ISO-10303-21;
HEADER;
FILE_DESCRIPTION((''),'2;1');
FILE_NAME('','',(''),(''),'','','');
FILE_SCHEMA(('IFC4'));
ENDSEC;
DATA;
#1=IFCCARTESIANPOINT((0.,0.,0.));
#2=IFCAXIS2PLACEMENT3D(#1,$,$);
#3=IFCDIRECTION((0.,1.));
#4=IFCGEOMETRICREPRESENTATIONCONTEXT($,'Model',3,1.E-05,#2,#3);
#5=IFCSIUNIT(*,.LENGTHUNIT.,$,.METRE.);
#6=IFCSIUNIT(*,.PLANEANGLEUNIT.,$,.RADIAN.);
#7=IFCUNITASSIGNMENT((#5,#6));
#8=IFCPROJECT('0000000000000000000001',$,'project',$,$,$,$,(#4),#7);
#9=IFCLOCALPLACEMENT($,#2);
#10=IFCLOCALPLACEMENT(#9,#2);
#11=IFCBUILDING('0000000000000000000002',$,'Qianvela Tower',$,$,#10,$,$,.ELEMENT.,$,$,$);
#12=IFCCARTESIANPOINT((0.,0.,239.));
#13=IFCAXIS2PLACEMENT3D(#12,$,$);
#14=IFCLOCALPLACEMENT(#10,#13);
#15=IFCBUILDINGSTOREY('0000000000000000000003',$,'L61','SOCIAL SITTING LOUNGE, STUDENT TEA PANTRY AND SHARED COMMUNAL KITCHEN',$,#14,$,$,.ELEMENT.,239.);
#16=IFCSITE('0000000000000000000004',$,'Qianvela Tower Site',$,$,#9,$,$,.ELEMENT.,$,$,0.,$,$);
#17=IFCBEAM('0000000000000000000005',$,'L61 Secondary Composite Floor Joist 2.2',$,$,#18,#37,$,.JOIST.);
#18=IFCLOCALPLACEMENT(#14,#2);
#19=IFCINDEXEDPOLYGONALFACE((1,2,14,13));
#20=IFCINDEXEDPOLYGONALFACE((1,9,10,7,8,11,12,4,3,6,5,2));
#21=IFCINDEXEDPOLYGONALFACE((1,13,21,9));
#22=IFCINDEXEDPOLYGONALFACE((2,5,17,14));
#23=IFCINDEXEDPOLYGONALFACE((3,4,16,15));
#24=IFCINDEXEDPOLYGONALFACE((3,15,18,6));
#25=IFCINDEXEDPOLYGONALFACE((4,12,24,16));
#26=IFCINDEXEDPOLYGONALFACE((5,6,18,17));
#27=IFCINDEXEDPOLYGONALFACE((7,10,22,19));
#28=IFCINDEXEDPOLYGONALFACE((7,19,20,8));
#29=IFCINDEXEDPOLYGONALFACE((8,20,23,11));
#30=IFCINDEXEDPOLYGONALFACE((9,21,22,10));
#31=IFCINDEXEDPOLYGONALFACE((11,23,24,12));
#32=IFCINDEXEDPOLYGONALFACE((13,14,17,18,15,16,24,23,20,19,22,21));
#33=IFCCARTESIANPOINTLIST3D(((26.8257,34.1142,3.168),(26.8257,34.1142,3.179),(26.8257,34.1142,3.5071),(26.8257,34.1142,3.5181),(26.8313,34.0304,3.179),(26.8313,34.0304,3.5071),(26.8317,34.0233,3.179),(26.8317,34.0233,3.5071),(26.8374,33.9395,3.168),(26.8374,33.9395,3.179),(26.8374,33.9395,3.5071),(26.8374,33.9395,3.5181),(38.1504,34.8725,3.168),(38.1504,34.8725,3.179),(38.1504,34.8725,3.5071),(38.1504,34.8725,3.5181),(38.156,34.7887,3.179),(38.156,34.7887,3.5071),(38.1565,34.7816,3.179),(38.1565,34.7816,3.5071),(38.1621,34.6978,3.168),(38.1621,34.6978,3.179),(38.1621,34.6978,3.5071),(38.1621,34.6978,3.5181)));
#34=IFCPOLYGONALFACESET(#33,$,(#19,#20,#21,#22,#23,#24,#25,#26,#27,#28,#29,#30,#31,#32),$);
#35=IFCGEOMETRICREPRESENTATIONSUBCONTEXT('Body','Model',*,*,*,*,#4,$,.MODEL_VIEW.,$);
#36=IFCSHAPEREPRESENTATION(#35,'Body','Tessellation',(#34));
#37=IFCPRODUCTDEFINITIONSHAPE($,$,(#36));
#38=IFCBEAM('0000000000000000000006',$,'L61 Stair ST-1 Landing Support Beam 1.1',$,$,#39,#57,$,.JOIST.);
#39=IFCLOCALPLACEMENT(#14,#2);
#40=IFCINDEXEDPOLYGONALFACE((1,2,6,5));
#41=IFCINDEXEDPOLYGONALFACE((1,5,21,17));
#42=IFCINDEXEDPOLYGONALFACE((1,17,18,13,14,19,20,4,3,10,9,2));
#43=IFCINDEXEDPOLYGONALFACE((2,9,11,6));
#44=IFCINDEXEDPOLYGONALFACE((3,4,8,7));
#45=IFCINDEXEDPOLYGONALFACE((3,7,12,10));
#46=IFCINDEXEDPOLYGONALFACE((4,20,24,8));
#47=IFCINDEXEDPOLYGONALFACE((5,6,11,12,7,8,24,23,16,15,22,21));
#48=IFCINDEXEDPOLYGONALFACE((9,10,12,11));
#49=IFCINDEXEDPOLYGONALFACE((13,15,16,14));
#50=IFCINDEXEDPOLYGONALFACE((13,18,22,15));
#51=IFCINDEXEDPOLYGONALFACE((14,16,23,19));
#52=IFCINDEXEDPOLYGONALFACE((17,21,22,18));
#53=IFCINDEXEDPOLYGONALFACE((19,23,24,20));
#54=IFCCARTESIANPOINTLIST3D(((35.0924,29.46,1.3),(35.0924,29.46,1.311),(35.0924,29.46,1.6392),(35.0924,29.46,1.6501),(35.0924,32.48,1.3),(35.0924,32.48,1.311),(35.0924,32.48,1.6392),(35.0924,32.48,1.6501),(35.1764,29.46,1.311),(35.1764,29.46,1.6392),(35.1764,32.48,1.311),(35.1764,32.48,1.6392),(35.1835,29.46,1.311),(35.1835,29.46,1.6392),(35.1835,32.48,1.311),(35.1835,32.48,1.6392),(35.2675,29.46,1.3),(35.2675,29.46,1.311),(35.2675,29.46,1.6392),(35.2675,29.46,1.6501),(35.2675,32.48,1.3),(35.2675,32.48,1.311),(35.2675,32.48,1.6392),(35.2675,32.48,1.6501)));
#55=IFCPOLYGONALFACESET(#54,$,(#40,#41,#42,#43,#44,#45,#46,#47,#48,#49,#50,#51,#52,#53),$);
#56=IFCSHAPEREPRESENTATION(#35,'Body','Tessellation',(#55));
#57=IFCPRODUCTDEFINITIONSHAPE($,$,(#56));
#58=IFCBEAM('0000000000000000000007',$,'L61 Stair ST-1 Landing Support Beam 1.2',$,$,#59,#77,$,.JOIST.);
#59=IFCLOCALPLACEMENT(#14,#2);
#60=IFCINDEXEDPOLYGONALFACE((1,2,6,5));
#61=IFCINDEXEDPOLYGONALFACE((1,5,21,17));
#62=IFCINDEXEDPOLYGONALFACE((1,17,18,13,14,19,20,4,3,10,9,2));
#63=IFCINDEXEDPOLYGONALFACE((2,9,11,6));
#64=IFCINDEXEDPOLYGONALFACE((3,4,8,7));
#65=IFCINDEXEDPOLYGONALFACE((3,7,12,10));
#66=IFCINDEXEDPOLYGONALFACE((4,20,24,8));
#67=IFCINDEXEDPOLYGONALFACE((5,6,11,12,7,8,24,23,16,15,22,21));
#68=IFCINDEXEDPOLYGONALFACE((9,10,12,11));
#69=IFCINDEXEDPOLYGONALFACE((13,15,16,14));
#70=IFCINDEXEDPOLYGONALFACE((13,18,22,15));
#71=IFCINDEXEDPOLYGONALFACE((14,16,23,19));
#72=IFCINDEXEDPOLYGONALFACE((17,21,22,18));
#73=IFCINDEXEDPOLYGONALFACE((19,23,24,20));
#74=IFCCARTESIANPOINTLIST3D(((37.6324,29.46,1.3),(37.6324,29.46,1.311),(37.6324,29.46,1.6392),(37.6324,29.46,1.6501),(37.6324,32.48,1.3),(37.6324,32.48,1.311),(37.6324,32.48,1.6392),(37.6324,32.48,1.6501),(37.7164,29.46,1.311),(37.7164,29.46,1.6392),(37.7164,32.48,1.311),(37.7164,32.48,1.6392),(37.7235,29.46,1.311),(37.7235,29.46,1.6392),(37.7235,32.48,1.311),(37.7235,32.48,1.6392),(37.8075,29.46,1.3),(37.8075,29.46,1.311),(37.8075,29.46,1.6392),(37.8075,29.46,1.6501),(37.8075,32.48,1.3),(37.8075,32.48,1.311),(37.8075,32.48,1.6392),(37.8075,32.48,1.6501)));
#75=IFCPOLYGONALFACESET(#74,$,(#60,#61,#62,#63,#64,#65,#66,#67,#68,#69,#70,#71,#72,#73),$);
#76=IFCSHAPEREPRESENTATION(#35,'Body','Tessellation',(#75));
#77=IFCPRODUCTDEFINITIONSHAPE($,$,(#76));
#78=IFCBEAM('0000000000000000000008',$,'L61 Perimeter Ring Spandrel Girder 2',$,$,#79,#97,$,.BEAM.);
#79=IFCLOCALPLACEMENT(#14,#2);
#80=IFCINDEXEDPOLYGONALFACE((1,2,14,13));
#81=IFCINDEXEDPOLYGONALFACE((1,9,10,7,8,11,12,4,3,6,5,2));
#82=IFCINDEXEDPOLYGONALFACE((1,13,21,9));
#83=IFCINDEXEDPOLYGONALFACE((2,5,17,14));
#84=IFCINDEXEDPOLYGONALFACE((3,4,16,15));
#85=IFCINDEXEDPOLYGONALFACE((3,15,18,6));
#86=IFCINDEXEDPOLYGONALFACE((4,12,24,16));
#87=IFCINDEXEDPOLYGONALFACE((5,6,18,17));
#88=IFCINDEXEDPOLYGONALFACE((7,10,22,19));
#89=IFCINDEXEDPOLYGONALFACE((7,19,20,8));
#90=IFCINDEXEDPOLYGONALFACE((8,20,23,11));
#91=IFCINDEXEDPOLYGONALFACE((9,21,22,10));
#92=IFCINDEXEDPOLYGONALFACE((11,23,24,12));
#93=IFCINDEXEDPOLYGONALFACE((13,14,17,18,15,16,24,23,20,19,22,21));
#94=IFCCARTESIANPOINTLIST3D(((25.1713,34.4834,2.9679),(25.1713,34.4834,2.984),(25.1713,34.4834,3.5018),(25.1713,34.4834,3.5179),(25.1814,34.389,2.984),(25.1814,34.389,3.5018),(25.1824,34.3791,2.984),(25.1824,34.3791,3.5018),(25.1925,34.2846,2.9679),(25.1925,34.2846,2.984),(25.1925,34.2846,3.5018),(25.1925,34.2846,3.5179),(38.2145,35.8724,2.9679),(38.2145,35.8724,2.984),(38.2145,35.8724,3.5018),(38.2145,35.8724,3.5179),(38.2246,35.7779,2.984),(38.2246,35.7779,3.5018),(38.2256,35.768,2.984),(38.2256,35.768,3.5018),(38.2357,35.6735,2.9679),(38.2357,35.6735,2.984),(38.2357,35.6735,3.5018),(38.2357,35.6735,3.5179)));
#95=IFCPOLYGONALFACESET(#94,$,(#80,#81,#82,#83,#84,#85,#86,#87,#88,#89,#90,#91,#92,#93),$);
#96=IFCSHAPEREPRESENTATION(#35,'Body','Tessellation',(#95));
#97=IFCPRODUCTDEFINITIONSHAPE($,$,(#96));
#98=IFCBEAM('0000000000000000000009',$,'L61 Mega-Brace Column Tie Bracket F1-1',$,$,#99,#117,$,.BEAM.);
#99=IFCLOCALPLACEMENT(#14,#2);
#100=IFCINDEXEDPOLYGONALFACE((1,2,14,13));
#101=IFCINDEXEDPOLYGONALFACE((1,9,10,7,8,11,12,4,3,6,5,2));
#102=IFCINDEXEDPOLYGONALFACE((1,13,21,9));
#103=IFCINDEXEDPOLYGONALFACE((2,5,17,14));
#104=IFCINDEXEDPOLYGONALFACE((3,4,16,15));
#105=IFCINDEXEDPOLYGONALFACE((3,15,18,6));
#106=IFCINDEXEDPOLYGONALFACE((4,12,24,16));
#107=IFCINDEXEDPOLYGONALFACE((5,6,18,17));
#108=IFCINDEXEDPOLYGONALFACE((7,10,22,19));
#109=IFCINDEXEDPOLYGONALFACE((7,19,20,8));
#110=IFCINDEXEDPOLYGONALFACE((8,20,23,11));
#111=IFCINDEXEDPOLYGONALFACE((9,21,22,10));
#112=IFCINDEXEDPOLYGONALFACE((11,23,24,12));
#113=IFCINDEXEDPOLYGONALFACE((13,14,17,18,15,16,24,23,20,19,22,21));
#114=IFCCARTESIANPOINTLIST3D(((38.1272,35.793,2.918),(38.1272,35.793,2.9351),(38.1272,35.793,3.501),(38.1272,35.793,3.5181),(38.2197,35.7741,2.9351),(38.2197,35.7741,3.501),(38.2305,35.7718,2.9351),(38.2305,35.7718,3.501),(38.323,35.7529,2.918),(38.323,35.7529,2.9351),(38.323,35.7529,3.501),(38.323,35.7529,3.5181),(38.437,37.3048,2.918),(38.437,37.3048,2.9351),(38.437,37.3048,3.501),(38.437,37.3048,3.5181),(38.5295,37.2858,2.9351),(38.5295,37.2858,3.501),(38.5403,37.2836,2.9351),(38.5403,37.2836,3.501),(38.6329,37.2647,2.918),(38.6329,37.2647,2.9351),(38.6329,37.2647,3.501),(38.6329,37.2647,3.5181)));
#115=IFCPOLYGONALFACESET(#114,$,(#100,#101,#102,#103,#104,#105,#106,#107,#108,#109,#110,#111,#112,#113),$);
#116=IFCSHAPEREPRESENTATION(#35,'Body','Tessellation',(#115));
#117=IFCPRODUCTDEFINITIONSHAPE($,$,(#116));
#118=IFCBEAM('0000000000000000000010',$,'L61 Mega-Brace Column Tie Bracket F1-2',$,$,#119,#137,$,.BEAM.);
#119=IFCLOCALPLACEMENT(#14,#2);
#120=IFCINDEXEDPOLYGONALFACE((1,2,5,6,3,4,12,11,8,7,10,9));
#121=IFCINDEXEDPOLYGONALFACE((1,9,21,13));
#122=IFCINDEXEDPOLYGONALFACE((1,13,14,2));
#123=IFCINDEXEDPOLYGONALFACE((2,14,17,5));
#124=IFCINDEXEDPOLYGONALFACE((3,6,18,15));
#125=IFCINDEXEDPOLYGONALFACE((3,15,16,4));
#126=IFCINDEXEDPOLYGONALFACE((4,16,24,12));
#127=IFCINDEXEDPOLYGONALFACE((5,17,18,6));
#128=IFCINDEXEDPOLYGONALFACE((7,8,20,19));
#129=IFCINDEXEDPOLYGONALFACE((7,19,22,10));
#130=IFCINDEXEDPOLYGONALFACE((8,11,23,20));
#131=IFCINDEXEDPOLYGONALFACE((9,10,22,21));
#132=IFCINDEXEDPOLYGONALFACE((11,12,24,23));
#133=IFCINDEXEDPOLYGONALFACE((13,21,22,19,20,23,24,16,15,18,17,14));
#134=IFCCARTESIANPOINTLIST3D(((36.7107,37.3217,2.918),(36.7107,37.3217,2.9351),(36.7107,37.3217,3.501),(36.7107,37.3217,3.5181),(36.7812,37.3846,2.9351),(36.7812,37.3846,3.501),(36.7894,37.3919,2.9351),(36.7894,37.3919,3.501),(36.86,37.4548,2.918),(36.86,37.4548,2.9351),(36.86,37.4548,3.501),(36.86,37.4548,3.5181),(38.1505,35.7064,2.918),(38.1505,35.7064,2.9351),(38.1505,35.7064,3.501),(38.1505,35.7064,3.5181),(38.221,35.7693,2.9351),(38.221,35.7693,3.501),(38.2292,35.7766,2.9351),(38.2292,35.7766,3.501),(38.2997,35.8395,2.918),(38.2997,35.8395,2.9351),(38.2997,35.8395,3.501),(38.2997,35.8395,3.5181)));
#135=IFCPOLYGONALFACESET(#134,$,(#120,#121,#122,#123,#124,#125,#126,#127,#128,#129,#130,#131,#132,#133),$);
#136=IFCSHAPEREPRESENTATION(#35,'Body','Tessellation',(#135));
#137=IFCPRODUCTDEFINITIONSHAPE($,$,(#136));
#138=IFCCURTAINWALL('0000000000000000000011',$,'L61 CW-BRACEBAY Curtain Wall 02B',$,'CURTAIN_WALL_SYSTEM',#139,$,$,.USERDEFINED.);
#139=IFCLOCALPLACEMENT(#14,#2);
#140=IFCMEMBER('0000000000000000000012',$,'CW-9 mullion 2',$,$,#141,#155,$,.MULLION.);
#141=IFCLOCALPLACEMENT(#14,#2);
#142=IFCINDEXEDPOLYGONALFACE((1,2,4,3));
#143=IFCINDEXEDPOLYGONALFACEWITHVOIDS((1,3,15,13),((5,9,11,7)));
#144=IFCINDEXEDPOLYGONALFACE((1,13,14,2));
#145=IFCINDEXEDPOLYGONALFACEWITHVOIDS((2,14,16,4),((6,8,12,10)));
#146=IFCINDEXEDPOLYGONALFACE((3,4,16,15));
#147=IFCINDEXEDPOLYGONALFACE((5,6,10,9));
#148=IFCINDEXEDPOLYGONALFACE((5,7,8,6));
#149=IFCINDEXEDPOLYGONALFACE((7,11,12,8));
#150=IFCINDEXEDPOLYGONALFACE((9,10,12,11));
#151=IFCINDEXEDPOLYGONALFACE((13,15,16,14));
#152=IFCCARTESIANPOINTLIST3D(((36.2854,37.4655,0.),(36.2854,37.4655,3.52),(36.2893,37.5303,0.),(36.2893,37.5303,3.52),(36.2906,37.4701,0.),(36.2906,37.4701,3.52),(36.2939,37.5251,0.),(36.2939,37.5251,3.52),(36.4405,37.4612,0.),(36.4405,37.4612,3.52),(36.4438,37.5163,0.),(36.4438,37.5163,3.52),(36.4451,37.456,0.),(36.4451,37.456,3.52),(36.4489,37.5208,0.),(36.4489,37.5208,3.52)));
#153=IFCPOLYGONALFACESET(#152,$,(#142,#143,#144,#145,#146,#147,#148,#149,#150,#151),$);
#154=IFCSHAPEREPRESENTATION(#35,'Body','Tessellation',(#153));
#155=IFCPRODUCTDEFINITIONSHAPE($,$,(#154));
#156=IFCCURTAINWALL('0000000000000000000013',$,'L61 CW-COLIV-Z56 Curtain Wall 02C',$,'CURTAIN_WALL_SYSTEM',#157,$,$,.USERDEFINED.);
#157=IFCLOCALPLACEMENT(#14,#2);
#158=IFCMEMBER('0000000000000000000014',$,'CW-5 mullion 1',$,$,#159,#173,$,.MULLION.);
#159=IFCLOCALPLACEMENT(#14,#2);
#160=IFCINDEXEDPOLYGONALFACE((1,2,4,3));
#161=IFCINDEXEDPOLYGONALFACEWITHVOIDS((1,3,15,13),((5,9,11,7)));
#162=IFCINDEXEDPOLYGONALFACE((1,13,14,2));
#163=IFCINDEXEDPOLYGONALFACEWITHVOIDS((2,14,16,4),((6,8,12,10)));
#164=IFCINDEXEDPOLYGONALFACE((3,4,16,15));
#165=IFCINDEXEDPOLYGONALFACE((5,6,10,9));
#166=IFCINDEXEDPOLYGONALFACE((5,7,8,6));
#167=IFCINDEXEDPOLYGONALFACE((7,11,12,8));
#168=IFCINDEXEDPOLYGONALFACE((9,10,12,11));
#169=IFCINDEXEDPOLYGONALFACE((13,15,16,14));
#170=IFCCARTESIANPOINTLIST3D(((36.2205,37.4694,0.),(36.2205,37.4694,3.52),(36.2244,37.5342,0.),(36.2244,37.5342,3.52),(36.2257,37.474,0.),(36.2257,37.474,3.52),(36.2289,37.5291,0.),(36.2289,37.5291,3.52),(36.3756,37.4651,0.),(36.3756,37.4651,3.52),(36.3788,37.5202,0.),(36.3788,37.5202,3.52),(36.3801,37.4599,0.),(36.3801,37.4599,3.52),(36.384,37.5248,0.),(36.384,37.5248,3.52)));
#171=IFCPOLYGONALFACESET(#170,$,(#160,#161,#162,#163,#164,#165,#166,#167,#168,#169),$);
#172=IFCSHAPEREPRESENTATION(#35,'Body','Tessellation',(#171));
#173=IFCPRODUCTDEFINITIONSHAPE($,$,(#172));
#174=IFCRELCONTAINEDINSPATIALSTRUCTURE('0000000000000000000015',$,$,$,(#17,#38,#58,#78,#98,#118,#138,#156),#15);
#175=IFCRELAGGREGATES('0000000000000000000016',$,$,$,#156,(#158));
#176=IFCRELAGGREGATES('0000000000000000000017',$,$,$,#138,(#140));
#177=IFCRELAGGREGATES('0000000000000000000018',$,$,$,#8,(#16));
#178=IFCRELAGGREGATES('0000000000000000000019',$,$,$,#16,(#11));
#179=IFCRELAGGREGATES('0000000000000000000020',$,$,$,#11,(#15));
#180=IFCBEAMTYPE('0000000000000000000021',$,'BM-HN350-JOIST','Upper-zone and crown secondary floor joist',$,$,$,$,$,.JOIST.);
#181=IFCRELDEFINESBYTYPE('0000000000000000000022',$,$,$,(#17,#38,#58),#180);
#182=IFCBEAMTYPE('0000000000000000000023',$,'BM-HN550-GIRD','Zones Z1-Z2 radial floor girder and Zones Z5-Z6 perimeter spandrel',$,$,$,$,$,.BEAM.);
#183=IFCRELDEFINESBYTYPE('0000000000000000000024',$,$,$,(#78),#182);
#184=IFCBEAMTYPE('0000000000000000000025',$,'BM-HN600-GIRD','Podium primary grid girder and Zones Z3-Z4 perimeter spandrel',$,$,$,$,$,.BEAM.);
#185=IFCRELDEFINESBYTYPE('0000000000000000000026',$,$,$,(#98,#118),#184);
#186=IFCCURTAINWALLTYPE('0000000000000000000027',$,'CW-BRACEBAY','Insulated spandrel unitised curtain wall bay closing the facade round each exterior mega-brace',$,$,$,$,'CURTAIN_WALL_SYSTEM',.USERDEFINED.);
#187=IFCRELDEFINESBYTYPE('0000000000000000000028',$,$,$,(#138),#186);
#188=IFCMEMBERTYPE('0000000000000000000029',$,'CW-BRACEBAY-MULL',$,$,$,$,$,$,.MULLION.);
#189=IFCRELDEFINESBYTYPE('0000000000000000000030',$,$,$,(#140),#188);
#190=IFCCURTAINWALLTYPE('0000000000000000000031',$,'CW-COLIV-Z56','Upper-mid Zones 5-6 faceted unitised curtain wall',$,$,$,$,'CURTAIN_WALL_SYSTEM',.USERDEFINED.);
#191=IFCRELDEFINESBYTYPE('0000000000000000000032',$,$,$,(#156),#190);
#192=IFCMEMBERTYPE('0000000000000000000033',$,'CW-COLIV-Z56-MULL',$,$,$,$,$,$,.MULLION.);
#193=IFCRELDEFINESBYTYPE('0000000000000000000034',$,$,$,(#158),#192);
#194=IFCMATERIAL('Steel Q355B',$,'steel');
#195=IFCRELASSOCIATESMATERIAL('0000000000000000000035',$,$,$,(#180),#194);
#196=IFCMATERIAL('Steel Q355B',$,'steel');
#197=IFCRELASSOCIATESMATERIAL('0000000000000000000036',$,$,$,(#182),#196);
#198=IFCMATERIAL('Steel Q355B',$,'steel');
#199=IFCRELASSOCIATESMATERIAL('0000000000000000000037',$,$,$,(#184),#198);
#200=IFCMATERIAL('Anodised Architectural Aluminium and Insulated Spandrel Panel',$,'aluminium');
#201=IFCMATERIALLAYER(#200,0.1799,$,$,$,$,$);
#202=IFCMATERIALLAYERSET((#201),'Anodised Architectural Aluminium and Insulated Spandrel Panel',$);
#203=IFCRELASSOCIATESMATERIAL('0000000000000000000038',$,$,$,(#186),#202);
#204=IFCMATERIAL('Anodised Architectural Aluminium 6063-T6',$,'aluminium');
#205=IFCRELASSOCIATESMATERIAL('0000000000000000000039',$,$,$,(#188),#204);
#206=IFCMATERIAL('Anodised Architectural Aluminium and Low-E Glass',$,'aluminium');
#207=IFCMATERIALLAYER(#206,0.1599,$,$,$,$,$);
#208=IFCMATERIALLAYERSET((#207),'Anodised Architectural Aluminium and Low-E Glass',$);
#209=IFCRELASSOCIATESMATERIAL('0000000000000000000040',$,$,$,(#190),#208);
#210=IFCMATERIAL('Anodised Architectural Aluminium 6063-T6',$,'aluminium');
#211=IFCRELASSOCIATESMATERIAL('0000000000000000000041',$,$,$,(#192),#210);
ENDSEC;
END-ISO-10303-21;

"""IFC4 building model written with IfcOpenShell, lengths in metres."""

from ifc_helpers import new_model, si_unit, direction, frame, origin, origin_2d, place, context, subcontext, project, spatial, hollow_rectangle, i_section, extrude, material, layer, layer_set, material_profile, profile_set, type_object, element, aggregate, save


model = new_model("IFC4")

# Units and contexts
model_context = context("Model", 3, precision=1e-05, world=origin(), true_north=direction((0.0, 1.0)))
body_context = subcontext(model_context, "Body", "Model", "MODEL_VIEW")
ifc_project = project(units=[si_unit("LENGTHUNIT", "METRE"), si_unit("PLANEANGLEUNIT", "RADIAN")], contexts=[model_context])

# Site, building, storey
site_placement = place(None, origin())
site = spatial("IfcSite", under=ifc_project, at=site_placement, Name="Qianvela Tower Site", CompositionType="ELEMENT", RefElevation=0.0)
building_placement = place(site_placement, origin())
building = spatial("IfcBuilding", under=site, at=building_placement, Name="Qianvela Tower", CompositionType="ELEMENT")
storey_placement = place(building_placement, frame((0.0, 0.0, 239.0)))
storey = spatial("IfcBuildingStorey", under=building, at=storey_placement, Name="L61", Description="SOCIAL SITTING LOUNGE, STUDENT TEA PANTRY AND SHARED COMMUNAL KITCHEN", CompositionType="ELEMENT", Elevation=239.0)

# Beams
ifc_material_1 = material(Name="Steel Q355B", Category="steel")
ifc_material_profile_1 = material_profile(ifc_material_1, i_section(OverallWidth=0.175, OverallDepth=0.3501, WebThickness=0.0071, FlangeThickness=0.011, at=origin_2d()), Name="HN350x175x7x11")
ifc_profile_set_1 = profile_set([ifc_material_profile_1], Name="Steel Q355B")
beam_type_1 = type_object("IfcBeamType", Name="BM-HN350-JOIST", Description="Upper-zone and crown secondary floor joist", PredefinedType="JOIST", material=ifc_profile_set_1)
beam_1_placement = place(storey_placement, frame((38.1562, 34.7852, 3.343), z_axis=(-0.997766, -0.06681, 0.0), x_axis=(0.06681, -0.997766, 0.0)))
element("IfcBeam", 1, at=beam_1_placement, inside=storey, type_object=beam_type_1, Name="L61 Secondary Composite Floor Joist 2.2", PredefinedType="JOIST", context=body_context, shape_type="SweptSolid", body=[
    extrude(i_section(OverallWidth=0.175, OverallDepth=0.3501, WebThickness=0.0071, FlangeThickness=0.011, at=origin_2d()), origin(), (0.0, 0.0, 1.0), 11.3501),
])
for number, where, z_axis, x_axis, name in (
    (2, (35.1799, 29.46, 1.4751), (0.0, 1.0, 0.0), (-1.0, 0.0, 0.0), "L61 Stair ST-1 Landing Support Beam 1.1"),
    (3, (37.72, 29.46, 1.4751), (0.0, 1.0, 0.0), (-1.0, 0.0, 0.0), "L61 Stair ST-1 Landing Support Beam 1.2"),
):
    element("IfcBeam", number, at=place(storey_placement, frame(where, z_axis=z_axis, x_axis=x_axis)), inside=storey, type_object=beam_type_1, Name=name, PredefinedType="JOIST", context=body_context, shape_type="SweptSolid", body=[
        extrude(i_section(OverallWidth=0.175, OverallDepth=0.3501, WebThickness=0.0071, FlangeThickness=0.011, at=origin_2d()), origin(), (0.0, 0.0, 1.0), 3.02),
    ])
ifc_material_2 = material(Name="Steel Q355B", Category="steel")
ifc_material_profile_2 = material_profile(ifc_material_2, i_section(OverallWidth=0.2, OverallDepth=0.55, WebThickness=0.01, FlangeThickness=0.0161, at=origin_2d()), Name="HN550x200x10x16")
ifc_profile_set_2 = profile_set([ifc_material_profile_2], Name="Steel Q355B")
beam_type_2 = type_object("IfcBeamType", Name="BM-HN550-GIRD", Description="Zones Z1-Z2 radial floor girder and Zones Z5-Z6 perimeter spandrel", PredefinedType="BEAM", material=ifc_profile_set_2)
beam_2_placement = place(storey_placement, frame((38.2251, 35.7729, 3.2429), z_axis=(-0.994378, -0.105887, 0.0), x_axis=(0.105887, -0.994378, 0.0)))
element("IfcBeam", 4, at=beam_2_placement, inside=storey, type_object=beam_type_2, Name="L61 Perimeter Ring Spandrel Girder 2", PredefinedType="BEAM", context=body_context, shape_type="SweptSolid", body=[
    extrude(i_section(OverallWidth=0.2, OverallDepth=0.55, WebThickness=0.01, FlangeThickness=0.0161, at=origin_2d()), origin(), (0.0, 0.0, 1.0), 13.1169),
])
ifc_material_3 = material(Name="Steel Q355B", Category="steel")
ifc_material_profile_3 = material_profile(ifc_material_3, i_section(OverallWidth=0.2, OverallDepth=0.6001, WebThickness=0.011, FlangeThickness=0.0171, at=origin_2d()), Name="HN600x200x11x17")
ifc_profile_set_3 = profile_set([ifc_material_profile_3], Name="Steel Q355B")
beam_type_3 = type_object("IfcBeamType", Name="BM-HN600-GIRD", Description="Podium primary grid girder and Zones Z3-Z4 perimeter spandrel", PredefinedType="BEAM", material=ifc_profile_set_3)
beam_3_placement = place(storey_placement, frame((38.2251, 35.7729, 3.218), z_axis=(0.200769, 0.979639, 0.0), x_axis=(-0.979639, 0.200769, 0.0)))
element("IfcBeam", 5, at=beam_3_placement, inside=storey, type_object=beam_type_3, Name="L61 Mega-Brace Column Tie Bracket F1-1", PredefinedType="BEAM", context=body_context, shape_type="SweptSolid", body=[
    extrude(i_section(OverallWidth=0.2, OverallDepth=0.6001, WebThickness=0.011, FlangeThickness=0.0171, at=origin_2d()), origin(), (0.0, 0.0, 1.0), 1.5432),
])
beam_4_placement = place(storey_placement, frame((38.2251, 35.7729, 3.218), z_axis=(-0.665379, 0.746506, 0.0), x_axis=(-0.746506, -0.665379, 0.0)))
element("IfcBeam", 6, at=beam_4_placement, inside=storey, type_object=beam_type_3, Name="L61 Mega-Brace Column Tie Bracket F1-2", PredefinedType="BEAM", context=body_context, shape_type="SweptSolid", body=[
    extrude(i_section(OverallWidth=0.2, OverallDepth=0.6001, WebThickness=0.011, FlangeThickness=0.0171, at=origin_2d()), origin(), (0.0, 0.0, 1.0), 2.1638),
])

# Curtain wall, member
ifc_material_4 = material(Name="Anodised Architectural Aluminium and Insulated Spandrel Panel", Category="aluminium")
ifc_layer_1 = layer(ifc_material_4, 0.1799)
ifc_layer_set_1 = layer_set([ifc_layer_1], Name="Anodised Architectural Aluminium and Insulated Spandrel Panel")
curtain_wall_type_1 = type_object("IfcCurtainWallType", Name="CW-BRACEBAY", Description="Insulated spandrel unitised curtain wall bay closing the facade round each exterior mega-brace", ElementType="CURTAIN_WALL_SYSTEM", PredefinedType="USERDEFINED", material=ifc_layer_set_1)
curtain_wall_1_placement = place(storey_placement, origin())
curtain_wall_1 = element("IfcCurtainWall", 7, at=curtain_wall_1_placement, inside=storey, type_object=curtain_wall_type_1, Name="L61 CW-BRACEBAY Curtain Wall 02B", ObjectType="CURTAIN_WALL_SYSTEM", PredefinedType="USERDEFINED")
ifc_material_5 = material(Name="Anodised Architectural Aluminium 6063-T6", Category="aluminium")
ifc_material_profile_4 = material_profile(ifc_material_5, hollow_rectangle(XDim=0.0649, YDim=0.1599, WallThickness=0.0049, at=origin_2d()), Name="ALU-MULL-65x160")
ifc_profile_set_4 = profile_set([ifc_material_profile_4], Name="Anodised Architectural Aluminium 6063-T6")
member_type_1 = type_object("IfcMemberType", Name="CW-BRACEBAY-MULL", PredefinedType="MULLION", material=ifc_profile_set_4)
member_1_placement = place(storey_placement, frame((36.3672, 37.4932, 0.0), z_axis=(0.0, 0.0, 1.0), x_axis=(-0.059194, -0.998247, 0.0)))
member_1 = element("IfcMember", 8, at=member_1_placement, type_object=member_type_1, Name="CW-9 mullion 2", PredefinedType="MULLION", context=body_context, shape_type="SweptSolid", body=[
    extrude(hollow_rectangle(XDim=0.0649, YDim=0.1599, WallThickness=0.0049, at=origin_2d()), origin(), (0.0, 0.0, 1.0), 3.52),
])

# Curtain wall, member
ifc_material_6 = material(Name="Anodised Architectural Aluminium and Low-E Glass", Category="aluminium")
ifc_layer_2 = layer(ifc_material_6, 0.1599)
ifc_layer_set_2 = layer_set([ifc_layer_2], Name="Anodised Architectural Aluminium and Low-E Glass")
curtain_wall_type_2 = type_object("IfcCurtainWallType", Name="CW-COLIV-Z56", Description="Upper-mid Zones 5-6 faceted unitised curtain wall", ElementType="CURTAIN_WALL_SYSTEM", PredefinedType="USERDEFINED", material=ifc_layer_set_2)
curtain_wall_2_placement = place(storey_placement, origin())
curtain_wall_2 = element("IfcCurtainWall", 9, at=curtain_wall_2_placement, inside=storey, type_object=curtain_wall_type_2, Name="L61 CW-COLIV-Z56 Curtain Wall 02C", ObjectType="CURTAIN_WALL_SYSTEM", PredefinedType="USERDEFINED")
ifc_material_7 = material(Name="Anodised Architectural Aluminium 6063-T6", Category="aluminium")
ifc_material_profile_5 = material_profile(ifc_material_7, hollow_rectangle(XDim=0.0649, YDim=0.1599, WallThickness=0.0049, at=origin_2d()), Name="ALU-MULL-65x160")
ifc_profile_set_5 = profile_set([ifc_material_profile_5], Name="Anodised Architectural Aluminium 6063-T6")
member_type_2 = type_object("IfcMemberType", Name="CW-COLIV-Z56-MULL", PredefinedType="MULLION", material=ifc_profile_set_5)
member_2_placement = place(storey_placement, frame((36.3022, 37.4971, 0.0), z_axis=(0.0, 0.0, 1.0), x_axis=(-0.05918, -0.998247, 0.0)))
member_2 = element("IfcMember", 10, at=member_2_placement, type_object=member_type_2, Name="CW-5 mullion 1", PredefinedType="MULLION", context=body_context, shape_type="SweptSolid", body=[
    extrude(hollow_rectangle(XDim=0.0649, YDim=0.1599, WallThickness=0.0049, at=origin_2d()), origin(), (0.0, 0.0, 1.0), 3.52),
])
aggregate(curtain_wall_2, [member_2])

aggregate(curtain_wall_1, [member_1])

save(model, "model.ifc")
